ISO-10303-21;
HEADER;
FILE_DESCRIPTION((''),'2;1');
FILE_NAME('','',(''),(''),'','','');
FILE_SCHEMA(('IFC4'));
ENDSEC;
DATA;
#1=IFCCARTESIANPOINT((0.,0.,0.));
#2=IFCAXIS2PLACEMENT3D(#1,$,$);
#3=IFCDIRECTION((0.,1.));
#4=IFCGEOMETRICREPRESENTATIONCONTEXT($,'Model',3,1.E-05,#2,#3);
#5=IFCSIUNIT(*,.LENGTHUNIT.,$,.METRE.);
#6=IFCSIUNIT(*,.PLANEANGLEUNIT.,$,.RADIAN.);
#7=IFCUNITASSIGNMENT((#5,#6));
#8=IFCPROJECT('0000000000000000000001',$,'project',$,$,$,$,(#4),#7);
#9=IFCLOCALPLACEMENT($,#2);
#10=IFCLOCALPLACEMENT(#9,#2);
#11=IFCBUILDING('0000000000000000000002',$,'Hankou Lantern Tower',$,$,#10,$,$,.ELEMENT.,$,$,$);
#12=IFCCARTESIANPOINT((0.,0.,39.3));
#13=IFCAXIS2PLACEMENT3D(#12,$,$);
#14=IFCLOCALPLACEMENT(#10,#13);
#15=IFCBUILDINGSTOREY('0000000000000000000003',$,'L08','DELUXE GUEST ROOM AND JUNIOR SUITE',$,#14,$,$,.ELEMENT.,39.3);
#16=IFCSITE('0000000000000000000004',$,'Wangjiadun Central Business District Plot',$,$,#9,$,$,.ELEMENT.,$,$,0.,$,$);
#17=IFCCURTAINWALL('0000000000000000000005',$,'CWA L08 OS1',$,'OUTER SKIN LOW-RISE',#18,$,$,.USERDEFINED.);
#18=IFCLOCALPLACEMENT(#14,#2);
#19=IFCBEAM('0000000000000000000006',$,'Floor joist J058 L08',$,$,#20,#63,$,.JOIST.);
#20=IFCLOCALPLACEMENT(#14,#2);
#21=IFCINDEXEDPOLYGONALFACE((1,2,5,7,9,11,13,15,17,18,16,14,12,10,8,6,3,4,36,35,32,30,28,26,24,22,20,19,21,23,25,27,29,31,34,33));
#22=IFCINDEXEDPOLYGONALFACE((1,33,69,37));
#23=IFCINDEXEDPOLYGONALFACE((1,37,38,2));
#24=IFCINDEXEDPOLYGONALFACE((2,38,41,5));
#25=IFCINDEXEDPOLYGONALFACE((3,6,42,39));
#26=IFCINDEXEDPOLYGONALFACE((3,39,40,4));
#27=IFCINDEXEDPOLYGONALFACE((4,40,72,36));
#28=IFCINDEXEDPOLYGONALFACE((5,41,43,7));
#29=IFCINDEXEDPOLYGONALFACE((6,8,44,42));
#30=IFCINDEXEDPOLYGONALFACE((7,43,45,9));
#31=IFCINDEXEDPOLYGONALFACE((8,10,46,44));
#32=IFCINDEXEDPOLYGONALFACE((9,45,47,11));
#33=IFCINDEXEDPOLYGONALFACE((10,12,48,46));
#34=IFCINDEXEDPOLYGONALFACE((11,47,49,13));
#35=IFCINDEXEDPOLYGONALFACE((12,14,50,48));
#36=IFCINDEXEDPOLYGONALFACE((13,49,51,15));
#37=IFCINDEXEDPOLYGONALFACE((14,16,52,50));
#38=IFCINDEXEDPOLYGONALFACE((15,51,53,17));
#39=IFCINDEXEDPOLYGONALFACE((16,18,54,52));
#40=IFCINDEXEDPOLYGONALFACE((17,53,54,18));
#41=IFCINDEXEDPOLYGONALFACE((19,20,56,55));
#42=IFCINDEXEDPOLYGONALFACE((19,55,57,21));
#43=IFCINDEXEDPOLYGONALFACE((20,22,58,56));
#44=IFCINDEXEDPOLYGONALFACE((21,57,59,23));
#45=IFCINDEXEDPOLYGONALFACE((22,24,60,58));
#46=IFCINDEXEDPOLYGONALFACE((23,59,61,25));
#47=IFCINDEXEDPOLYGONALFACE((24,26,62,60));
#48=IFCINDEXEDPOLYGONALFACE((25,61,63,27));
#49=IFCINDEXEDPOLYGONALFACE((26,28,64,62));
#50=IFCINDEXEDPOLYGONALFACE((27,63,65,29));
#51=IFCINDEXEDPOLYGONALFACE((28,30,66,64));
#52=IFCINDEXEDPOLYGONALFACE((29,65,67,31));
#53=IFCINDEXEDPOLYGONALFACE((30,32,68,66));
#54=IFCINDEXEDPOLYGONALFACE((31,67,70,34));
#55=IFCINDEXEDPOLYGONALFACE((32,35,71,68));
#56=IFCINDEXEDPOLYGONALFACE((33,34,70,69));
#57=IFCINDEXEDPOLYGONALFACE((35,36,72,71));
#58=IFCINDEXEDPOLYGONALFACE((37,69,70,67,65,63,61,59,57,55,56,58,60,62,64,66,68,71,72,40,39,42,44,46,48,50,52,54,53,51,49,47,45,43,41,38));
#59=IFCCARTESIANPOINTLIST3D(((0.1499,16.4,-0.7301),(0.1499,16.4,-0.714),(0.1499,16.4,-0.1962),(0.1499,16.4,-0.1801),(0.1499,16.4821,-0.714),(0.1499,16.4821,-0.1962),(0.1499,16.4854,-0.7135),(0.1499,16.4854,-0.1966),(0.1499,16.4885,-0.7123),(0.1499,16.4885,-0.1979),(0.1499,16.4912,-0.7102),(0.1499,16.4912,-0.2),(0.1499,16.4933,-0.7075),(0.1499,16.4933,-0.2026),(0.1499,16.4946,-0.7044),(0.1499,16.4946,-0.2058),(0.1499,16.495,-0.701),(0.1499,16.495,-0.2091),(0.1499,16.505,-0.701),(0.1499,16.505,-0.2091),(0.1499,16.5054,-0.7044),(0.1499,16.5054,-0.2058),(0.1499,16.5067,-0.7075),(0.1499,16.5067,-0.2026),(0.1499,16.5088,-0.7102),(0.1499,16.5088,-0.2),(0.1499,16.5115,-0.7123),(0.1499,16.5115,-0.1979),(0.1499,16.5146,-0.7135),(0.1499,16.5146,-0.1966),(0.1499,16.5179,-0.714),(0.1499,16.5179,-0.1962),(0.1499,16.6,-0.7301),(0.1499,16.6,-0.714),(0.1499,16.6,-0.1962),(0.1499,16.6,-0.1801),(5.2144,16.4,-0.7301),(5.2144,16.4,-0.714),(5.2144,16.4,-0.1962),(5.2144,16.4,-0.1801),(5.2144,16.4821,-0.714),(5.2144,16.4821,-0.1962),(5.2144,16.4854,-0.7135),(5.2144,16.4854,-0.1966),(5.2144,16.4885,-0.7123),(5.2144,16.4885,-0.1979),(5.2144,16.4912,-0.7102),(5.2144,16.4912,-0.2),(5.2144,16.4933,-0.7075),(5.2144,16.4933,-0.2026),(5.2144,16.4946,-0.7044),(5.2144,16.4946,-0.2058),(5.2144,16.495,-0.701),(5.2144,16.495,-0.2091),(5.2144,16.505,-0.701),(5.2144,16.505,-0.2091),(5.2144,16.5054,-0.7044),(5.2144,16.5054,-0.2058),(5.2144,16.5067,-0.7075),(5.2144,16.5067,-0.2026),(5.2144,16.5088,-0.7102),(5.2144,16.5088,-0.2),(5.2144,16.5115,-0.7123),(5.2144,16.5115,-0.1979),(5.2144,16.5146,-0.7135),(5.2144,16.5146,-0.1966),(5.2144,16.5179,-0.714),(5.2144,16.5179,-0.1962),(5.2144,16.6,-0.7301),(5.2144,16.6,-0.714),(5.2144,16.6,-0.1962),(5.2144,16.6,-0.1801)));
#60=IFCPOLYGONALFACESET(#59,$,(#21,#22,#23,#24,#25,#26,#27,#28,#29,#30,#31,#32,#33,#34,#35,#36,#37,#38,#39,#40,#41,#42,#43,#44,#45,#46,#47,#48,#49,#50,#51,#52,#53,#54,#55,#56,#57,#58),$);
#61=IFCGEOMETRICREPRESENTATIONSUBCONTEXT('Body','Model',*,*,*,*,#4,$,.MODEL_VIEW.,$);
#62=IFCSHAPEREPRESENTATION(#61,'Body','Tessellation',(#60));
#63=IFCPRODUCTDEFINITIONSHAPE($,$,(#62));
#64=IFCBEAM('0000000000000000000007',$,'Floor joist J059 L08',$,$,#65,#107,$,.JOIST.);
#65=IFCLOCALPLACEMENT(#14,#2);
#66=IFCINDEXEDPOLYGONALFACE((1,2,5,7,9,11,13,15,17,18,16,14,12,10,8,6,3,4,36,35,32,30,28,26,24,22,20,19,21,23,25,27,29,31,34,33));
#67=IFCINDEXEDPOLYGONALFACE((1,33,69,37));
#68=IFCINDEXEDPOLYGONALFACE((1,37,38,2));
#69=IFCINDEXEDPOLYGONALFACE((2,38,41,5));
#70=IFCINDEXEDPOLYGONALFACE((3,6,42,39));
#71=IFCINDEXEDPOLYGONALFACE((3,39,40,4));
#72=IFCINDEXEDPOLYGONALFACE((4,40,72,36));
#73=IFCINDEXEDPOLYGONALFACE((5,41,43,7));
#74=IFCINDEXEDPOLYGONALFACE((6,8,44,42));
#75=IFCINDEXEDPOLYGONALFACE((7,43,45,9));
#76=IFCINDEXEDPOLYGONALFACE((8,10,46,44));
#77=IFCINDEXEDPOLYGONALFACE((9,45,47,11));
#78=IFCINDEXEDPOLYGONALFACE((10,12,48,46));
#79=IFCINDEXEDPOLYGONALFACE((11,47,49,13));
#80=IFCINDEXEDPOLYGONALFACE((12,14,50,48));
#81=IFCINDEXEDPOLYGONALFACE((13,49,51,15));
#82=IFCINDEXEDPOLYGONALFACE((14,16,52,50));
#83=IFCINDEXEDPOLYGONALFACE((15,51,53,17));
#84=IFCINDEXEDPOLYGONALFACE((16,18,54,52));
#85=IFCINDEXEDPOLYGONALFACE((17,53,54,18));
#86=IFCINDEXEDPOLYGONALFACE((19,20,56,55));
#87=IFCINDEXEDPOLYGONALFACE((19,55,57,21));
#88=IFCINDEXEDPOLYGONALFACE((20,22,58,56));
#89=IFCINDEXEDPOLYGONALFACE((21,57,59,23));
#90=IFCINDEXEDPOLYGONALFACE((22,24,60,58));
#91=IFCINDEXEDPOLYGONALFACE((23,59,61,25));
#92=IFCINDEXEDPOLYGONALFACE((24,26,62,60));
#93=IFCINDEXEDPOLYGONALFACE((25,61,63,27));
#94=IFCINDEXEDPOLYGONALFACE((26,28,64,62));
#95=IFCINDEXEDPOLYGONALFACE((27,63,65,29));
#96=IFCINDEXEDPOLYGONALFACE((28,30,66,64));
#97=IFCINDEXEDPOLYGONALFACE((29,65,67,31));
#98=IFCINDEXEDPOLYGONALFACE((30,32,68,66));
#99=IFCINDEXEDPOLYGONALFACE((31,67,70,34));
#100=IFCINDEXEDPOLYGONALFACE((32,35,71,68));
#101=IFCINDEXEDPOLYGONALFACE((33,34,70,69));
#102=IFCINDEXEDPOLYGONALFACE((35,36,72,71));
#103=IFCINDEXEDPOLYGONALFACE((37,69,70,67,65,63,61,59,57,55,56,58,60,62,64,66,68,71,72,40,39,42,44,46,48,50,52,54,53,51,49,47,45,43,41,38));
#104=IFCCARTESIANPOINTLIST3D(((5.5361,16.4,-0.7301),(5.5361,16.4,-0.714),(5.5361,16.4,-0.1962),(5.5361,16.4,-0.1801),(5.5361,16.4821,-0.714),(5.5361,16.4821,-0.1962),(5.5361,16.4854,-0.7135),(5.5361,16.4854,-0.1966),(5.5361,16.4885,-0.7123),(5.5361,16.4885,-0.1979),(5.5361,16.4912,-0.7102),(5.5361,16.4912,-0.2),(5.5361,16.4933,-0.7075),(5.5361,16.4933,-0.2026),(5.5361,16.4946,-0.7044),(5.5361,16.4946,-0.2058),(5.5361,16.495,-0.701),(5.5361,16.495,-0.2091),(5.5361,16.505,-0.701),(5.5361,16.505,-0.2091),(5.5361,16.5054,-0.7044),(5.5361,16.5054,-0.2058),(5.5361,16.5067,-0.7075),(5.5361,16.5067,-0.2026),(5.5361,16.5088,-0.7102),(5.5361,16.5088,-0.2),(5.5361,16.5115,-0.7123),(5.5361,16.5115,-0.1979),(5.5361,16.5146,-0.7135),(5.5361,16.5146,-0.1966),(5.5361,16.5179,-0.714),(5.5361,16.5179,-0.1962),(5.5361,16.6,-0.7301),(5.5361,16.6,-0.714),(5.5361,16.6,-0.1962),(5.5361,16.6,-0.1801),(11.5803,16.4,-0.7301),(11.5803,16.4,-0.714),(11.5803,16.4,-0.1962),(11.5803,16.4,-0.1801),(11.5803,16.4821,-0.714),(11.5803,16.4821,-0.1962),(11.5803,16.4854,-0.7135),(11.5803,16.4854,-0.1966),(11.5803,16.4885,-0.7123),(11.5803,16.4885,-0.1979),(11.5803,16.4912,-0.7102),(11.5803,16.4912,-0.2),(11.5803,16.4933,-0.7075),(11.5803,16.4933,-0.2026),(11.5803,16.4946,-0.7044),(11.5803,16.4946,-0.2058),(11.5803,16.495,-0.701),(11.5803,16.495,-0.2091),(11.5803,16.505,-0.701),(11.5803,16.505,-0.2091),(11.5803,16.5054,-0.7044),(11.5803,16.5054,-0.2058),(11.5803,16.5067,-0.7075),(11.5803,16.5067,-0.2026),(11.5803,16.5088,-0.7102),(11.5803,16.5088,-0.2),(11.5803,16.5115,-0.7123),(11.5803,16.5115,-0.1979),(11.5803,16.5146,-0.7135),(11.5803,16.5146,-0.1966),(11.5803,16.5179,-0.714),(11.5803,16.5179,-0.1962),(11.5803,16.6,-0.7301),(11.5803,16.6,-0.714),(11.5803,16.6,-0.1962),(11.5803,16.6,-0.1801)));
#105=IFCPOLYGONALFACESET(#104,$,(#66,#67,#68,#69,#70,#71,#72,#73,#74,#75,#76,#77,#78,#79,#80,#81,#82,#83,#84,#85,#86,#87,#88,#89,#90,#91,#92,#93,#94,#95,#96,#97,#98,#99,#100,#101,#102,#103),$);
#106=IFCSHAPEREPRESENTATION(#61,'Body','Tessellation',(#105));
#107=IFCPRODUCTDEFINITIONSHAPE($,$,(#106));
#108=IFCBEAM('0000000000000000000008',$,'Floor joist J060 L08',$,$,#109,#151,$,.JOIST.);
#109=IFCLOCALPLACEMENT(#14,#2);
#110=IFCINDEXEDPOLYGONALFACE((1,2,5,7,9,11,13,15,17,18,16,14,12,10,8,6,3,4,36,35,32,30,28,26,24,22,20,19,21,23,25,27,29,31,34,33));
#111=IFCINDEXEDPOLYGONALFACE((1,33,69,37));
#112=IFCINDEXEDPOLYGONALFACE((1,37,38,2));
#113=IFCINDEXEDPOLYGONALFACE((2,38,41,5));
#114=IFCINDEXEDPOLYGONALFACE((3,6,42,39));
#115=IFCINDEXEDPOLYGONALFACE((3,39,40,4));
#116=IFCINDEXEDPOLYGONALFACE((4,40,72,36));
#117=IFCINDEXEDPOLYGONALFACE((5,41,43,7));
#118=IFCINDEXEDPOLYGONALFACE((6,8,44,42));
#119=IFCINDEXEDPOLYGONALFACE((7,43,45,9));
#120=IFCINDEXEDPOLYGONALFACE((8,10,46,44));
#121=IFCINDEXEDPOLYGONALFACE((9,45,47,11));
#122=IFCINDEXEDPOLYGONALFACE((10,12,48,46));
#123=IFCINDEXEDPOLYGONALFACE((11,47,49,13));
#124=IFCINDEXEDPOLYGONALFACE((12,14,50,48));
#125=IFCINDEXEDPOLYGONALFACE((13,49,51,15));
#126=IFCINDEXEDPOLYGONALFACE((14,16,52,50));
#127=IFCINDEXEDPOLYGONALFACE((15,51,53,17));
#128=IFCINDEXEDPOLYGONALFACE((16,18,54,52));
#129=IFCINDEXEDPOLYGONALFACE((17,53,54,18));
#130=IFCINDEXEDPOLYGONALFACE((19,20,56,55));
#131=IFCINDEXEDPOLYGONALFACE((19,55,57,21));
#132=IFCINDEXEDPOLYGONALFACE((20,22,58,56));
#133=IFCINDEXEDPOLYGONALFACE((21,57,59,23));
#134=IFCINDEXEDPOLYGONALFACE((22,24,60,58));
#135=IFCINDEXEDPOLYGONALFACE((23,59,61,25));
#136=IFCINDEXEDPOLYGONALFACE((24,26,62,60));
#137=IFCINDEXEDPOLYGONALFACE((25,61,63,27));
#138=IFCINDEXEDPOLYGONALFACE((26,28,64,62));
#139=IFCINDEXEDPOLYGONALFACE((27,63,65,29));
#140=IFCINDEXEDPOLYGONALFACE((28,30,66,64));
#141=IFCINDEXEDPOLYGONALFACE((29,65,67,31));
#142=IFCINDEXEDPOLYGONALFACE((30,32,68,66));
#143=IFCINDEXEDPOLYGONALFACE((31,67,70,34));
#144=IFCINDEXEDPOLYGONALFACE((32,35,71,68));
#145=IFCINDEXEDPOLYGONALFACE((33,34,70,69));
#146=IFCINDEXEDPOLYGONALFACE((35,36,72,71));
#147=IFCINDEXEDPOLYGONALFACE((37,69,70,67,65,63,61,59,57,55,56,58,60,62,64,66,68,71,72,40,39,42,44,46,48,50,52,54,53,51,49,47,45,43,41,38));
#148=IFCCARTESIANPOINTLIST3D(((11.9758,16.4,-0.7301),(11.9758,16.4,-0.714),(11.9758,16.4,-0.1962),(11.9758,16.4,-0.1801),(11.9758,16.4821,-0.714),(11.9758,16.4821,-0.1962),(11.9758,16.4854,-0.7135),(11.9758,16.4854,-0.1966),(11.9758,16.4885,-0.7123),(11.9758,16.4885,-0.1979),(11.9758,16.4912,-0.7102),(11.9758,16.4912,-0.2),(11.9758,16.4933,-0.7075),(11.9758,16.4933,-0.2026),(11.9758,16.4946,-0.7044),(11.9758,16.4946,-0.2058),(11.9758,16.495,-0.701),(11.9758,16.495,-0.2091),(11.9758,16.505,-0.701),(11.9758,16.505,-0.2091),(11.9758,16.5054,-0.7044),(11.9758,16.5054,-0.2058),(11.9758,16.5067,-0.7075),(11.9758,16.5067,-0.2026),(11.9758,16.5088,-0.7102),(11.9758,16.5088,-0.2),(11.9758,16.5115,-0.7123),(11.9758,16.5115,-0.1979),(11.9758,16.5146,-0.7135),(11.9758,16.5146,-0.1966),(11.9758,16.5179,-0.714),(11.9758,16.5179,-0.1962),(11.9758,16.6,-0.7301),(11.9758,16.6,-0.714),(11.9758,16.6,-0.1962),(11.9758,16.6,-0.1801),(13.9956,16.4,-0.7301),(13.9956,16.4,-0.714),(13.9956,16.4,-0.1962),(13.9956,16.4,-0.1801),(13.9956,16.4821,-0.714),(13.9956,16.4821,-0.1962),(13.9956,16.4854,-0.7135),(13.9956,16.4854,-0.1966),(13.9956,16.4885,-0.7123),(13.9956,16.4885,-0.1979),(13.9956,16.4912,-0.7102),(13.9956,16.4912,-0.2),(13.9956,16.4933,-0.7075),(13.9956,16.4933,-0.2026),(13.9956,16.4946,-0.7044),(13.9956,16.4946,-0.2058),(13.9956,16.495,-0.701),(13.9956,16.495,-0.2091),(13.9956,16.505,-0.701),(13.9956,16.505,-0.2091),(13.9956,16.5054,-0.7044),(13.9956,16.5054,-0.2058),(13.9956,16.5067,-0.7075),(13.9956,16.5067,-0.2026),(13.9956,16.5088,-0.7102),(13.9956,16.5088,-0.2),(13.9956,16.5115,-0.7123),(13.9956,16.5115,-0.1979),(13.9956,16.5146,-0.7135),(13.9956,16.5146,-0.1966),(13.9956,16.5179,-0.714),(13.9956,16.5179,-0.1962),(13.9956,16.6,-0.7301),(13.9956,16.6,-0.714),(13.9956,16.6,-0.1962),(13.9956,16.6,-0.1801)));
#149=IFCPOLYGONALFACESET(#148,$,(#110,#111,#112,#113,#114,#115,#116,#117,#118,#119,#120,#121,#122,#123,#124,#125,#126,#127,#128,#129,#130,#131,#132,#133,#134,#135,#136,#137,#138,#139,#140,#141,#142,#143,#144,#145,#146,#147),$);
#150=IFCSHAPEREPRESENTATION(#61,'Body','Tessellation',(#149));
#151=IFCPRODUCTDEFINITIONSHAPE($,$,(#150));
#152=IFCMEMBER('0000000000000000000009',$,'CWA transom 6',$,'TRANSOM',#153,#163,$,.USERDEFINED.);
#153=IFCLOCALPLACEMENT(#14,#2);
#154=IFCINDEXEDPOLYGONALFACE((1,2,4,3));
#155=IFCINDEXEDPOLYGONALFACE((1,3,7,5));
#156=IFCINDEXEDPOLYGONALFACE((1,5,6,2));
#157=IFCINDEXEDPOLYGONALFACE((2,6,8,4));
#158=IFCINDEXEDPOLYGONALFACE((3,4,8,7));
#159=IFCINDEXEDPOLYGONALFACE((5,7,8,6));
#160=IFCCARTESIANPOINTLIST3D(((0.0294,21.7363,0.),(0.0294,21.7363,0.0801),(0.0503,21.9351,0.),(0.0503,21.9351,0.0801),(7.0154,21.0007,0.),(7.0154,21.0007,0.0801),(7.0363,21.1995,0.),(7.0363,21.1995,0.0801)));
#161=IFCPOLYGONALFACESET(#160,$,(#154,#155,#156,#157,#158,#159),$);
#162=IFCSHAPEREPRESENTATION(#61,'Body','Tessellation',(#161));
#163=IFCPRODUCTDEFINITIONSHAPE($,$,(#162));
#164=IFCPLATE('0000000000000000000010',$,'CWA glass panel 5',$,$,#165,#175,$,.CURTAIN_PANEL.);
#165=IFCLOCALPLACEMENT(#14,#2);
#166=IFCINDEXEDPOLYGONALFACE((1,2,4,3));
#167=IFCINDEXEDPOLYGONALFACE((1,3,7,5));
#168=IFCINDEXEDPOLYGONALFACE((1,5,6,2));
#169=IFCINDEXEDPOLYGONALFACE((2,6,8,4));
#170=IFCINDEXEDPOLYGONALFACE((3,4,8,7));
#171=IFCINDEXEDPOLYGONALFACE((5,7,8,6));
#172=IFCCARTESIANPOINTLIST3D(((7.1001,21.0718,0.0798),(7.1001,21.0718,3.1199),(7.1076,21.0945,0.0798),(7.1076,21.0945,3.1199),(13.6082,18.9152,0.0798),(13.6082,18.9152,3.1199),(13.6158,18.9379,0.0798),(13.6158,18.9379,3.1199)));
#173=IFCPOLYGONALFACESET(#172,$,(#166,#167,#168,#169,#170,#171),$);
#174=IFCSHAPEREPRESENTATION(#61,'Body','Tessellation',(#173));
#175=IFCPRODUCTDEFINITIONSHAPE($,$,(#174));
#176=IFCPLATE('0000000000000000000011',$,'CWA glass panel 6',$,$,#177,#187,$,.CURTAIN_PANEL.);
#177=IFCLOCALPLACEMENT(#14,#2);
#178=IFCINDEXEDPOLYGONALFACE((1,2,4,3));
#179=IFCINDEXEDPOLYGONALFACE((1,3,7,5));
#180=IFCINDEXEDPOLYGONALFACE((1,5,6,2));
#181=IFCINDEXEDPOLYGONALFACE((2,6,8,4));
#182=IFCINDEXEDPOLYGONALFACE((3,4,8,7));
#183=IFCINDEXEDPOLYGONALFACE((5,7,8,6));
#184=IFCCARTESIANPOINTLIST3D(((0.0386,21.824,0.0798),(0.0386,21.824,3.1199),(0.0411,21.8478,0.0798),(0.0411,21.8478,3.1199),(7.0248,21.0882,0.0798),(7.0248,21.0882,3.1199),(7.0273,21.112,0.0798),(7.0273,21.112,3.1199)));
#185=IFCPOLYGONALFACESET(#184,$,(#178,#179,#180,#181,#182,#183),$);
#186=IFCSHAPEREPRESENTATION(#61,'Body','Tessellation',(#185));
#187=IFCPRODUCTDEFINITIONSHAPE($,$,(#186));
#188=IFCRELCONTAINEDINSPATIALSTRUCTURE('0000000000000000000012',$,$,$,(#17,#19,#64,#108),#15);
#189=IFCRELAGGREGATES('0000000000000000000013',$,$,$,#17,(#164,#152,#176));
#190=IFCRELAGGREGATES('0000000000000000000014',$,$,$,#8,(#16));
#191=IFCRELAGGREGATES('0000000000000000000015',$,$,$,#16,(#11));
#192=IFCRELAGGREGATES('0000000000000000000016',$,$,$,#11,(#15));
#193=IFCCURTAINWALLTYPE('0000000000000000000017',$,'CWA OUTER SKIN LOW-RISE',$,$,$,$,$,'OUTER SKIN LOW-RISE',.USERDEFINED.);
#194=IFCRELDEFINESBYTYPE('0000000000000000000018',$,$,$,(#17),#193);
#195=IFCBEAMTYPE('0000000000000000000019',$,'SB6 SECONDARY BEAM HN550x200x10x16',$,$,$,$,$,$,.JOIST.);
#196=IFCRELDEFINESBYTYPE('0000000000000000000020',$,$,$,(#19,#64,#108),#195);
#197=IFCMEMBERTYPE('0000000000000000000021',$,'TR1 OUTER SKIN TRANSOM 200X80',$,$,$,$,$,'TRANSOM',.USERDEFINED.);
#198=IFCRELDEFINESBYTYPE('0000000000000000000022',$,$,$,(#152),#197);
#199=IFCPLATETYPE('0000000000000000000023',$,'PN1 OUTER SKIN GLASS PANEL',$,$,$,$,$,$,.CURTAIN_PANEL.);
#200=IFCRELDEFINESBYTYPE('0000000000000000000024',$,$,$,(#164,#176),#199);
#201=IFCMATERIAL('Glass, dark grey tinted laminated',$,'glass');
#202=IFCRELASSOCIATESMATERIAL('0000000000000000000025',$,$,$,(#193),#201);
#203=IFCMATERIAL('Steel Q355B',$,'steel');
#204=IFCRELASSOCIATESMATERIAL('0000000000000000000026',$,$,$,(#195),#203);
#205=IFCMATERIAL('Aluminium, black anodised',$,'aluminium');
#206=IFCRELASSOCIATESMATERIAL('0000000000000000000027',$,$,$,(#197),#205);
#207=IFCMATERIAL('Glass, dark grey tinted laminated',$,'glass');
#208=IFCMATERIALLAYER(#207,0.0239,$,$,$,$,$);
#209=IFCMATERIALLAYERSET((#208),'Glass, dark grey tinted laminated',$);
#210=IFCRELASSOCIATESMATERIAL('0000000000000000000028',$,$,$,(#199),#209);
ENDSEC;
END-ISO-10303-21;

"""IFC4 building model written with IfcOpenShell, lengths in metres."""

from ifc_helpers import new_model, si_unit, direction, frame, origin, origin_2d, place, context, subcontext, project, spatial, rectangle, i_section, extrude, material, layer, layer_set, material_profile, profile_set, type_object, element, aggregate, save


model = new_model("IFC4")

# Units and contexts
model_context = context("Model", 3, precision=1e-05, world=origin(), true_north=direction((0.0, 1.0)))
body_context = subcontext(model_context, "Body", "Model", "MODEL_VIEW")
ifc_project = project(units=[si_unit("LENGTHUNIT", "METRE"), si_unit("PLANEANGLEUNIT", "RADIAN")], contexts=[model_context])

# Site, building, storey
site_placement = place(None, origin())
site = spatial("IfcSite", under=ifc_project, at=site_placement, Name="Wangjiadun Central Business District Plot", CompositionType="ELEMENT", RefElevation=0.0)
building_placement = place(site_placement, origin())
building = spatial("IfcBuilding", under=site, at=building_placement, Name="Hankou Lantern Tower", CompositionType="ELEMENT")
storey_placement = place(building_placement, frame((0.0, 0.0, 39.3)))
storey = spatial("IfcBuildingStorey", under=building, at=storey_placement, Name="L08", Description="DELUXE GUEST ROOM AND JUNIOR SUITE", CompositionType="ELEMENT", Elevation=39.3)

# Curtain wall
ifc_material_1 = material(Name="Glass, dark grey tinted laminated", Category="glass")
curtain_wall_type = type_object("IfcCurtainWallType", Name="CWA OUTER SKIN LOW-RISE", ElementType="OUTER SKIN LOW-RISE", PredefinedType="USERDEFINED", material=ifc_material_1)
curtain_wall_1_placement = place(storey_placement, origin())
curtain_wall_1 = element("IfcCurtainWall", 1, at=curtain_wall_1_placement, inside=storey, type_object=curtain_wall_type, Name="CWA L08 OS1", ObjectType="OUTER SKIN LOW-RISE", PredefinedType="USERDEFINED")

# Beams
ifc_material_2 = material(Name="Steel Q355B", Category="steel")
ifc_material_profile_1 = material_profile(ifc_material_2, i_section(OverallWidth=0.2, OverallDepth=0.55, WebThickness=0.01, FlangeThickness=0.0161, FilletRadius=0.0129, at=origin_2d()), Name="HN550x200x10x16")
ifc_profile_set_1 = profile_set([ifc_material_profile_1], Name="Steel Q355B")
beam_type_1 = type_object("IfcBeamType", Name="SB6 SECONDARY BEAM HN550x200x10x16", PredefinedType="JOIST", material=ifc_profile_set_1)
beam_1_placement = place(storey_placement, frame((0.1499, 16.5, -0.4551), z_axis=(1.0, 0.0, 0.0), x_axis=(0.0, 1.0, 0.0)))
element("IfcBeam", 2, at=beam_1_placement, inside=storey, type_object=beam_type_1, Name="Floor joist J058 L08", PredefinedType="JOIST", context=body_context, shape_type="SweptSolid", body=[
    extrude(i_section(OverallWidth=0.2, OverallDepth=0.55, WebThickness=0.01, FlangeThickness=0.0161, FilletRadius=0.0129, at=origin_2d()), origin(), (0.0, 0.0, 1.0), 5.0645),
])
beam_2_placement = place(storey_placement, frame((5.5361, 16.5, -0.4551), z_axis=(1.0, 0.0, 0.0), x_axis=(0.0, 1.0, 0.0)))
element("IfcBeam", 3, at=beam_2_placement, inside=storey, type_object=beam_type_1, Name="Floor joist J059 L08", PredefinedType="JOIST", context=body_context, shape_type="SweptSolid", body=[
    extrude(i_section(OverallWidth=0.2, OverallDepth=0.55, WebThickness=0.01, FlangeThickness=0.0161, FilletRadius=0.0129, at=origin_2d()), origin(), (0.0, 0.0, 1.0), 6.0442),
])
beam_3_placement = place(storey_placement, frame((11.9758, 16.5, -0.4551), z_axis=(1.0, 0.0, 0.0), x_axis=(0.0, 1.0, 0.0)))
element("IfcBeam", 4, at=beam_3_placement, inside=storey, type_object=beam_type_1, Name="Floor joist J060 L08", PredefinedType="JOIST", context=body_context, shape_type="SweptSolid", body=[
    extrude(i_section(OverallWidth=0.2, OverallDepth=0.55, WebThickness=0.01, FlangeThickness=0.0161, FilletRadius=0.0129, at=origin_2d()), origin(), (0.0, 0.0, 1.0), 2.0198),
])

# Member
ifc_material_3 = material(Name="Aluminium, black anodised", Category="aluminium")
ifc_material_profile_2 = material_profile(ifc_material_3, rectangle(XDim=0.2, YDim=0.0801, at=origin_2d()), Name="TR1 200X80")
ifc_profile_set_2 = profile_set([ifc_material_profile_2], Name="Aluminium, black anodised")
member_type_1 = type_object("IfcMemberType", Name="TR1 OUTER SKIN TRANSOM 200X80", ElementType="TRANSOM", PredefinedType="USERDEFINED", material=ifc_profile_set_2)
member_1_placement = place(storey_placement, frame((7.0259, 21.1001, 0.04), z_axis=(-0.994502, 0.104716, 0.0), x_axis=(-0.104716, -0.994502, 0.0)))
member_1 = element("IfcMember", 5, at=member_1_placement, type_object=member_type_1, Name="CWA transom 6", ObjectType="TRANSOM", PredefinedType="USERDEFINED", context=body_context, shape_type="SweptSolid", body=[
    extrude(rectangle(XDim=0.2, YDim=0.0801, at=origin_2d()), origin(), (0.0, 0.0, 1.0), 7.0247),
])

# Plates
ifc_material_4 = material(Name="Glass, dark grey tinted laminated", Category="glass")
ifc_layer_1 = layer(ifc_material_4, 0.0239)
ifc_layer_set_1 = layer_set([ifc_layer_1], Name="Glass, dark grey tinted laminated")
plate_type = type_object("IfcPlateType", Name="PN1 OUTER SKIN GLASS PANEL", PredefinedType="CURTAIN_PANEL", material=ifc_layer_set_1)
plate_1_placement = place(storey_placement, frame((10.3579, 20.0049, 0.0798), z_axis=(0.0, 0.0, 1.0), x_axis=(-0.949241, 0.314551, 0.0)))
plate_1 = element("IfcPlate", 6, at=plate_1_placement, type_object=plate_type, Name="CWA glass panel 5", PredefinedType="CURTAIN_PANEL", context=body_context, shape_type="SweptSolid", body=[
    extrude(rectangle(XDim=6.8562, YDim=0.0239, at=origin_2d()), origin(), (0.0, 0.0, 1.0), 3.04),
])
plate_2_placement = place(storey_placement, frame((3.533, 21.468, 0.0798), z_axis=(0.0, 0.0, 1.0), x_axis=(-0.994499, 0.104743, 0.0)))
plate_2 = element("IfcPlate", 7, at=plate_2_placement, type_object=plate_type, Name="CWA glass panel 6", PredefinedType="CURTAIN_PANEL", context=body_context, shape_type="SweptSolid", body=[
    extrude(rectangle(XDim=7.0249, YDim=0.0239, at=origin_2d()), origin(), (0.0, 0.0, 1.0), 3.04),
])
aggregate(curtain_wall_1, [plate_1, member_1, plate_2])

save(model, "model.ifc")
